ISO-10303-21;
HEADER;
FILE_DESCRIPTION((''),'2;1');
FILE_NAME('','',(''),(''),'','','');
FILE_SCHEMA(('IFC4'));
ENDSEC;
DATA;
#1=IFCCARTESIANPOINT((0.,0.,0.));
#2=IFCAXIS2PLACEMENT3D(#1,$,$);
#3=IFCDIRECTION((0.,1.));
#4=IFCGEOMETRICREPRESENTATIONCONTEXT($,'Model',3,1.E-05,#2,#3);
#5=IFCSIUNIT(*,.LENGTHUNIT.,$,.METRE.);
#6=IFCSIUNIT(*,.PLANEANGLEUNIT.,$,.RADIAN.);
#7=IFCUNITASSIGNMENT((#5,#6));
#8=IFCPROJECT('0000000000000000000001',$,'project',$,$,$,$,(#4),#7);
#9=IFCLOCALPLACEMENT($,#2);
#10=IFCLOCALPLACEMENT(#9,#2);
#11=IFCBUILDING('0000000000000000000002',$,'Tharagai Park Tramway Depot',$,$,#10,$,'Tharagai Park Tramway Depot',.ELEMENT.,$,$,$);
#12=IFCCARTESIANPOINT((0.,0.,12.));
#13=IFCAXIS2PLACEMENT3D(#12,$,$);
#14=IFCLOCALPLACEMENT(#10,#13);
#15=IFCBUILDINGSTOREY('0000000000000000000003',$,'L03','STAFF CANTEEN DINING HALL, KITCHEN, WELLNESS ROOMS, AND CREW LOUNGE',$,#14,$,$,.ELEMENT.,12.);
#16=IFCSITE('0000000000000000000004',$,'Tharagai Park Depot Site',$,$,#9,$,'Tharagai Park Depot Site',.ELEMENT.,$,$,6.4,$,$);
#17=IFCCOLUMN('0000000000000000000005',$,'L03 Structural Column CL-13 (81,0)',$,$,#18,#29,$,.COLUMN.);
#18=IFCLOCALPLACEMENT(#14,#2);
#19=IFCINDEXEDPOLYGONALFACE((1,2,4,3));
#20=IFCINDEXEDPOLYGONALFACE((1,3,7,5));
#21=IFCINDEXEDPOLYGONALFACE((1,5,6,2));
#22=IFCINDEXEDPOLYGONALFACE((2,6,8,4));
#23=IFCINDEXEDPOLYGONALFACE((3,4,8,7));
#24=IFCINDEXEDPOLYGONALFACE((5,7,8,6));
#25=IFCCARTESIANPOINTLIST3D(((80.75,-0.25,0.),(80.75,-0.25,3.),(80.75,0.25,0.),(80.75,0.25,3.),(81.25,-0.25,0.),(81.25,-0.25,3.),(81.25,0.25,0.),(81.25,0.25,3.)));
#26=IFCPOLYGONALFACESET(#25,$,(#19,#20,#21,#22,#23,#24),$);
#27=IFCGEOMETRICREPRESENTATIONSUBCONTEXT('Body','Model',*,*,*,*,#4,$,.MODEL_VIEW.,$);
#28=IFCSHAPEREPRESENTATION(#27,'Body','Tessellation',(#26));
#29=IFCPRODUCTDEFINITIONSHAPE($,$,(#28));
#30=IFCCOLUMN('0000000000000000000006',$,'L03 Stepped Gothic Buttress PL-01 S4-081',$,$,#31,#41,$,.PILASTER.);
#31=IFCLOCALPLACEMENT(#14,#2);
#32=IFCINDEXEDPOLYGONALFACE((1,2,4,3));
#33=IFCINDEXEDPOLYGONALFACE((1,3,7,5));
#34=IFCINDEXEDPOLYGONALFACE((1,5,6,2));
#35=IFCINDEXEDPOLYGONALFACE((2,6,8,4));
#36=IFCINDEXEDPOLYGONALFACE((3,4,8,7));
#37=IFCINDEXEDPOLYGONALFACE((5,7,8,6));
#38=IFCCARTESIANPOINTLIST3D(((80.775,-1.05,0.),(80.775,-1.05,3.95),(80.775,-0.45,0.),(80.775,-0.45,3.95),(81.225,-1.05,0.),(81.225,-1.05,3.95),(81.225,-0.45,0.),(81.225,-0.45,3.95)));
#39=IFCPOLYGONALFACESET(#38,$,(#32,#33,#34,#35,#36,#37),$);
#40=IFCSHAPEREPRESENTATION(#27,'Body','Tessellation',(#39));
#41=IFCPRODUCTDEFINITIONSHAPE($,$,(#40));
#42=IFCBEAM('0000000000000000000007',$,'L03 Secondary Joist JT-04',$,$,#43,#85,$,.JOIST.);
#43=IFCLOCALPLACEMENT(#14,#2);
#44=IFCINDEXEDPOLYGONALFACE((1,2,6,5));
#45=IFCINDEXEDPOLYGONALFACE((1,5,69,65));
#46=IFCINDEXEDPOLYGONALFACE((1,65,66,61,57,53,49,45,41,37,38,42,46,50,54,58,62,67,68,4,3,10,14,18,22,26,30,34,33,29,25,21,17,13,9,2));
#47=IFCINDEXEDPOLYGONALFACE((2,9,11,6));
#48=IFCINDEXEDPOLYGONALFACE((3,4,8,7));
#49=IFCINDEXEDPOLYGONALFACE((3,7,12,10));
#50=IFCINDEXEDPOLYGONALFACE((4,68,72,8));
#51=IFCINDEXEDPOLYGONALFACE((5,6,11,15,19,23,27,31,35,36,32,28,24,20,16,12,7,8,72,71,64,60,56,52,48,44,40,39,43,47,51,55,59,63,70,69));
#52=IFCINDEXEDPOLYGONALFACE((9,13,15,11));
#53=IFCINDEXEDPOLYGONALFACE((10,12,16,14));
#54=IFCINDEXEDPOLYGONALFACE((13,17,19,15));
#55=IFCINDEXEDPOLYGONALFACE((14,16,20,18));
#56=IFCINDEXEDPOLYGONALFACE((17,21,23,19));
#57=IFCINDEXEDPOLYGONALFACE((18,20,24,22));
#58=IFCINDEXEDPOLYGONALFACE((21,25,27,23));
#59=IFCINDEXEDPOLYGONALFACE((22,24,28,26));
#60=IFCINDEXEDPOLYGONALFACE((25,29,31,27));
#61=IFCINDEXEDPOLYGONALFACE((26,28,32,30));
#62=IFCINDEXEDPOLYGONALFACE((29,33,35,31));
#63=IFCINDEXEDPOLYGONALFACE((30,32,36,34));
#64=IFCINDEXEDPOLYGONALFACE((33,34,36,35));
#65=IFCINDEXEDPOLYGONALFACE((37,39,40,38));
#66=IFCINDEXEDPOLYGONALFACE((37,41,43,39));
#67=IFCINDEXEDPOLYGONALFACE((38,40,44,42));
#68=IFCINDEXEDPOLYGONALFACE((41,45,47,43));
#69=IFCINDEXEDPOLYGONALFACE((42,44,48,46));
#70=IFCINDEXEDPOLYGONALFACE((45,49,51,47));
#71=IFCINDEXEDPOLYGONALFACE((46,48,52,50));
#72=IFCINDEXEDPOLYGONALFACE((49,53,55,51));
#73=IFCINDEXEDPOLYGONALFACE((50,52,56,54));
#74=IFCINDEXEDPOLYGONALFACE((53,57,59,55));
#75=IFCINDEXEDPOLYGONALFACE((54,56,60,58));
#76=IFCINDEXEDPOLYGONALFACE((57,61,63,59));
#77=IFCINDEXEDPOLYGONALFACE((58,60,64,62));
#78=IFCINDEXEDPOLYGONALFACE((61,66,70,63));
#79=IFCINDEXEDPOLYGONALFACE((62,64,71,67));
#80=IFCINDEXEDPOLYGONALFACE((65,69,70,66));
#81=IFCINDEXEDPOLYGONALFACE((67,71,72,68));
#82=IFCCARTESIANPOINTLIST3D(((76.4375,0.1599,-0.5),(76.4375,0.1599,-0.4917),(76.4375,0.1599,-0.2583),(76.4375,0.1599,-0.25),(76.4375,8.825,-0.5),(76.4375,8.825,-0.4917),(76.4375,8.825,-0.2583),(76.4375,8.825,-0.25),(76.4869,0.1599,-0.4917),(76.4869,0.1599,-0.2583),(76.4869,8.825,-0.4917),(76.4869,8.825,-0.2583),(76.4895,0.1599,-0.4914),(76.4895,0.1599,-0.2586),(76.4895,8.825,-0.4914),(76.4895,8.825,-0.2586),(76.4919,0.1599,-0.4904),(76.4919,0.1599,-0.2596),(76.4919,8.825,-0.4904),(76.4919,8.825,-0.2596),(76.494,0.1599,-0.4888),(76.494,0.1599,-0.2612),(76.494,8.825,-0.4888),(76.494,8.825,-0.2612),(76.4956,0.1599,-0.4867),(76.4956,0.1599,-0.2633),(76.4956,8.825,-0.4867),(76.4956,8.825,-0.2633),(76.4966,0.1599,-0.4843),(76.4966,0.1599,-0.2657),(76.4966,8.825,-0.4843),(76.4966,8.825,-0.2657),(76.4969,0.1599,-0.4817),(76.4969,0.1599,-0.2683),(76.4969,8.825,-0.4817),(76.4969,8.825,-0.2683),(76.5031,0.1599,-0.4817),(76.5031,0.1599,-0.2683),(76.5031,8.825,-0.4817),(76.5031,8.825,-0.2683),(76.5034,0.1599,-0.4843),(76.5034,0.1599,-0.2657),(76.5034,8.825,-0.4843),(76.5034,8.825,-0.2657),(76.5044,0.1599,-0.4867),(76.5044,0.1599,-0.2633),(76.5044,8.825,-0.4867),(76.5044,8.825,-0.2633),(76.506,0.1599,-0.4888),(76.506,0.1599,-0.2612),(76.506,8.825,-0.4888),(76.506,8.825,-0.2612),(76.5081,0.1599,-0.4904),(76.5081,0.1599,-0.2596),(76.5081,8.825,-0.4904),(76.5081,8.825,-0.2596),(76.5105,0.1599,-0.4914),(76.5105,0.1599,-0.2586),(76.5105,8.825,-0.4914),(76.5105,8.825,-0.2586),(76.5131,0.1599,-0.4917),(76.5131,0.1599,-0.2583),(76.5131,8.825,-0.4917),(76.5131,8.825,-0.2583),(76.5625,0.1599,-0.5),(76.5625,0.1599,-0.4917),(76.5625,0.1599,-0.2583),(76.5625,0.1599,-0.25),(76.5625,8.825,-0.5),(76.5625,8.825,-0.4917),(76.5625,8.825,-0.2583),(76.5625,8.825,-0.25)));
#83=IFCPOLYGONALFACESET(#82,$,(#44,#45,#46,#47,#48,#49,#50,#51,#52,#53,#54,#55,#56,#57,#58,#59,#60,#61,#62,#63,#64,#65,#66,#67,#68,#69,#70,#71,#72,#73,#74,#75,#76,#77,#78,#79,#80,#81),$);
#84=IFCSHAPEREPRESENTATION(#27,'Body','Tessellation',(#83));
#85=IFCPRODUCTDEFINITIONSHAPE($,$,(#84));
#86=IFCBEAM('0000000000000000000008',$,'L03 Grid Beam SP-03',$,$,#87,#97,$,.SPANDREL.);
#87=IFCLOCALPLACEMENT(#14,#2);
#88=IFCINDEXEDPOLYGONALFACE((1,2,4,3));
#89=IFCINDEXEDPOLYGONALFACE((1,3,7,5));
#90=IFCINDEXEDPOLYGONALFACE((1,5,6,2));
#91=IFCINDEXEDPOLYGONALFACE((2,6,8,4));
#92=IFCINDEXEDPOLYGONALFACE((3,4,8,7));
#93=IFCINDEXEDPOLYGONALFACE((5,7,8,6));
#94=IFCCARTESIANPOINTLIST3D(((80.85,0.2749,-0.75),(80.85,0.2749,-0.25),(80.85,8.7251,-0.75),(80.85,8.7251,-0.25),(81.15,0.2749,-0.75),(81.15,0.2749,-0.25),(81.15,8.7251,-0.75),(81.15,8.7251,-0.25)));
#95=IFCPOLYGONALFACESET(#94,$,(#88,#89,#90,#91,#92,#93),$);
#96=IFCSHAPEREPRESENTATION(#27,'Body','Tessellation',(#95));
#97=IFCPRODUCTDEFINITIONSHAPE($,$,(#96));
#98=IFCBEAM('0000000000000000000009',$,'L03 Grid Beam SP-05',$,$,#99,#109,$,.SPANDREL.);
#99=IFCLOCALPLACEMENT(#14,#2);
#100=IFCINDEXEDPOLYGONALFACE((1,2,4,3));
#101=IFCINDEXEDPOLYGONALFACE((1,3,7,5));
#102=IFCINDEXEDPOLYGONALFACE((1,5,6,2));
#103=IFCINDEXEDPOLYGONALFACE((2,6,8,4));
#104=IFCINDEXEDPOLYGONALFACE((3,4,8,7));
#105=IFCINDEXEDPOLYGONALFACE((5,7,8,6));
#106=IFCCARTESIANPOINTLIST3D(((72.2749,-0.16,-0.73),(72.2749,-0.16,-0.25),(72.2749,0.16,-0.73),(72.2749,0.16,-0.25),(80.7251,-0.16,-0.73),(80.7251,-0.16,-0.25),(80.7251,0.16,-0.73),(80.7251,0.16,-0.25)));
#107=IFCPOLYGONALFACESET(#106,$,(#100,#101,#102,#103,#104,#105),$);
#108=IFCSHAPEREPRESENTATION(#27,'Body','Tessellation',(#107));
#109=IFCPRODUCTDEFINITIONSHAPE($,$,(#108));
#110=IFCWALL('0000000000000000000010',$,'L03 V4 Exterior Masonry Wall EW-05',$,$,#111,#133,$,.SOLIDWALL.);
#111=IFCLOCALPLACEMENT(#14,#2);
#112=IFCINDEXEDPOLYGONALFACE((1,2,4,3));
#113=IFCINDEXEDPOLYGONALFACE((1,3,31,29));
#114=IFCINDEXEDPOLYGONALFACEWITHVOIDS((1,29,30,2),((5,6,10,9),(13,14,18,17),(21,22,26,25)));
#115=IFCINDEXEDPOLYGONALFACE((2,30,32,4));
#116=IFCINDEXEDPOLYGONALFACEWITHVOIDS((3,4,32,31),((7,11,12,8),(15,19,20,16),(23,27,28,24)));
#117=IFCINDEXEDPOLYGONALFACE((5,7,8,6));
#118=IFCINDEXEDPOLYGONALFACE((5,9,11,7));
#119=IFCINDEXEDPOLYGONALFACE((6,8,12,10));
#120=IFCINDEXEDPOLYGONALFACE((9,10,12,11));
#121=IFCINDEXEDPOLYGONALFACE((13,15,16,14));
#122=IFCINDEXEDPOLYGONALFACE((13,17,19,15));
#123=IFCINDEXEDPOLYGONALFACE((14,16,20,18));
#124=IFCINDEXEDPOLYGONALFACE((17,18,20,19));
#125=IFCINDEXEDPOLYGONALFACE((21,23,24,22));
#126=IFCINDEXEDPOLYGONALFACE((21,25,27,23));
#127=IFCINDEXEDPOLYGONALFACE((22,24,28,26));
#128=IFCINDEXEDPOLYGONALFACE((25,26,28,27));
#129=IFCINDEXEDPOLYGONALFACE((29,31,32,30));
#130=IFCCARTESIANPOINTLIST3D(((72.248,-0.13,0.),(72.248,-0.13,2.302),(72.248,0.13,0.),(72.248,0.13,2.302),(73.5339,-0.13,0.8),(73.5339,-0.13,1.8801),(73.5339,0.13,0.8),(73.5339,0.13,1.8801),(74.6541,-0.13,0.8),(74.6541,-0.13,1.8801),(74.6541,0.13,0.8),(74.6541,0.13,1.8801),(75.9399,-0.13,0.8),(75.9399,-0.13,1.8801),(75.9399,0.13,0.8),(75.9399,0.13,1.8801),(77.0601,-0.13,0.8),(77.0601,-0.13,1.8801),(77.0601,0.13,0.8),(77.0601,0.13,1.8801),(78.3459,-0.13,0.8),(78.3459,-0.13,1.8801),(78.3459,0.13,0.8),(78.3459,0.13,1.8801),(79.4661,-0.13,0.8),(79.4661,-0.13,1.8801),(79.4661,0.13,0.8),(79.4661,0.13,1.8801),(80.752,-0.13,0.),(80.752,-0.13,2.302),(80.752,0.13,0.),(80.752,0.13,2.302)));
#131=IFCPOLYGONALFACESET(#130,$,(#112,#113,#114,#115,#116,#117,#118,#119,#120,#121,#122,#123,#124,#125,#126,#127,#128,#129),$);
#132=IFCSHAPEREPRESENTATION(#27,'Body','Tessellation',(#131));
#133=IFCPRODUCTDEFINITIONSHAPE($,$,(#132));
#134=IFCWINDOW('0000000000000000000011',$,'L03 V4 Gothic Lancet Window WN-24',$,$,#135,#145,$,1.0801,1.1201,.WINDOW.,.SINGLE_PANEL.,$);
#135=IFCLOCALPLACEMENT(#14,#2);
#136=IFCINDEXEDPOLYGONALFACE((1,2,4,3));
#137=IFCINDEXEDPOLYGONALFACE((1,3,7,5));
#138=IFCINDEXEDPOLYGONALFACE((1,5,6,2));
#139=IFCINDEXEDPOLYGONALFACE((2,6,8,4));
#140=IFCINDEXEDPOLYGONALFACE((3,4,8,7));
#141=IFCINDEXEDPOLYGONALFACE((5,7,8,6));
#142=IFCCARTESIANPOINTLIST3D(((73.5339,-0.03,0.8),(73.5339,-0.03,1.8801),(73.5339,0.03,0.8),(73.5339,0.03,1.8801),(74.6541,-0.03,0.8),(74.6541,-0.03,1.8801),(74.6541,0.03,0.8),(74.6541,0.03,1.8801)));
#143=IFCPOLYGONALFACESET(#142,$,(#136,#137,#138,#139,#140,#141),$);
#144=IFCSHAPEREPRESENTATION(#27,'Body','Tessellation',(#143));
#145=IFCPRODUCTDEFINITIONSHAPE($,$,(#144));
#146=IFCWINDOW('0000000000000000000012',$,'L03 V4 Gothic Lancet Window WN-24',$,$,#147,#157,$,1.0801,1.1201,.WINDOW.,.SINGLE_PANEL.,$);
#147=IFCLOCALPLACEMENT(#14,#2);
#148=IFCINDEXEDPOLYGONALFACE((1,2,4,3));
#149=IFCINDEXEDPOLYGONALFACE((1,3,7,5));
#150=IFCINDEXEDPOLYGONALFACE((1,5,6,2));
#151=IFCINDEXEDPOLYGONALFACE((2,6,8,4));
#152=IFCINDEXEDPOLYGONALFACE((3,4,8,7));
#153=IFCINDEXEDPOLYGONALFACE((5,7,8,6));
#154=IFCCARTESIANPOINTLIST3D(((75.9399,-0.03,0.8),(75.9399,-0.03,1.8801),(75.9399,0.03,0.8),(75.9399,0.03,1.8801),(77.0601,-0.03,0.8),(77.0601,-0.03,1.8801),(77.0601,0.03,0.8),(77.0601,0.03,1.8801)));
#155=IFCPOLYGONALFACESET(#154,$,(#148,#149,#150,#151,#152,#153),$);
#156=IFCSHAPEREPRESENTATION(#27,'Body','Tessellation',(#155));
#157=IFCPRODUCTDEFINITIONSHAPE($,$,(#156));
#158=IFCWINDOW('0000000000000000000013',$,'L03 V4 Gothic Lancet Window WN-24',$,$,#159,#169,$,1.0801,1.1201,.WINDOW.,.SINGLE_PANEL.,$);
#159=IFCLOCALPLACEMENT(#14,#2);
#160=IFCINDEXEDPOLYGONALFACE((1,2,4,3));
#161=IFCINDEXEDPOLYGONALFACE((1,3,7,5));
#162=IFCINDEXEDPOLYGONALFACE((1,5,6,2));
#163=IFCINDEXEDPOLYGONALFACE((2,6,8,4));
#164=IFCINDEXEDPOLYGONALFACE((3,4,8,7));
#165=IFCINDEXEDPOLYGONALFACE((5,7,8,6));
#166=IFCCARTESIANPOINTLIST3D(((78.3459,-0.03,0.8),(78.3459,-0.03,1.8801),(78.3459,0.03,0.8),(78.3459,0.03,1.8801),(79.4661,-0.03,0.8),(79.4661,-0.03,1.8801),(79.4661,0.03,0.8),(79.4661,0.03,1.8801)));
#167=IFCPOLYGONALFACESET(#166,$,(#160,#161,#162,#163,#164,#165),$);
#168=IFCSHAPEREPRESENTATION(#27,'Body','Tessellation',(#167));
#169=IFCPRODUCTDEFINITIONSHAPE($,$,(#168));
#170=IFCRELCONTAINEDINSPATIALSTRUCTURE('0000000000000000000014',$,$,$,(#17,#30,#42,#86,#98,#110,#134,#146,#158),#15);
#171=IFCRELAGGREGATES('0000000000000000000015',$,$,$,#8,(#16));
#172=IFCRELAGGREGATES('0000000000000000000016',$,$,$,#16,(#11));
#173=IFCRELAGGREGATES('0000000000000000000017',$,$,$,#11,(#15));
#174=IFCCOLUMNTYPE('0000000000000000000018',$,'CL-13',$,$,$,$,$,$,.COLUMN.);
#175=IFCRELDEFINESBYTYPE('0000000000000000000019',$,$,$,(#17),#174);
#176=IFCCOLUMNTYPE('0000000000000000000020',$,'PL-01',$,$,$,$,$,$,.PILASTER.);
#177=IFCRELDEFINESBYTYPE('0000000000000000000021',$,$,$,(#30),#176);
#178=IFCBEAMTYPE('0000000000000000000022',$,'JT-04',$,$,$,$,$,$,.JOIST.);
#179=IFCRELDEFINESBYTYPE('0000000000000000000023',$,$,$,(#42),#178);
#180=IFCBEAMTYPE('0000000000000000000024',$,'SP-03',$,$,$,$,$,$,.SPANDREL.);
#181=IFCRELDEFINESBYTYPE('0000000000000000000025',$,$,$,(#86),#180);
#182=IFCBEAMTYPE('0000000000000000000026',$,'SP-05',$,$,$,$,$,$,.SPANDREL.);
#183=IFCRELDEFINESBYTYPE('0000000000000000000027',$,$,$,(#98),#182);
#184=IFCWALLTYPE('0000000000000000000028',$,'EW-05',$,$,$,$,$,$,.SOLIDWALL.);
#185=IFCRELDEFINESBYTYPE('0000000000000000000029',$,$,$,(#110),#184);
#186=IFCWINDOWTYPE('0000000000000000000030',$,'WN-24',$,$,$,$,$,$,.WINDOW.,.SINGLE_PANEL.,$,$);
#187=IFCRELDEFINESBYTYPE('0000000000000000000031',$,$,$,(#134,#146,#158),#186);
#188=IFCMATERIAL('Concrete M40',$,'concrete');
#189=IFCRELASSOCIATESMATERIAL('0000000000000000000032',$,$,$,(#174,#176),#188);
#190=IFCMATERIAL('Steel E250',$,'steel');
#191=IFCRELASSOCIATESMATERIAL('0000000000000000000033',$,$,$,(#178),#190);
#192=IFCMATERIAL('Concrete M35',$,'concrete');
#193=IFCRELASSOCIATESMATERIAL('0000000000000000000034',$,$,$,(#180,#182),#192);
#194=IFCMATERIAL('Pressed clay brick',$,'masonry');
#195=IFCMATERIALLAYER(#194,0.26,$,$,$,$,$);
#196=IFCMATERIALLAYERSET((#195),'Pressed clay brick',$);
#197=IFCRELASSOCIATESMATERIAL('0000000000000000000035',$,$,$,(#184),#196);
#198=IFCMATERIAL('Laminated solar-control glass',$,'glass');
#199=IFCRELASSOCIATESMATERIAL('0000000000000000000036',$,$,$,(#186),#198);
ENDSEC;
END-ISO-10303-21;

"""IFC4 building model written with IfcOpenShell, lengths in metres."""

from ifc_helpers import new_model, si_unit, direction, frame, frame_2d, origin, origin_2d, place, context, subcontext, project, spatial, rectangle, i_section, extrude, material, layer, layer_set, material_profile, profile_set, type_object, element, fill, save


model = new_model("IFC4")

# Units and contexts
model_context = context("Model", 3, precision=1e-05, world=origin(), true_north=direction((0.0, 1.0)))
body_context = subcontext(model_context, "Body", "Model", "MODEL_VIEW")
ifc_project = project(units=[si_unit("LENGTHUNIT", "METRE"), si_unit("PLANEANGLEUNIT", "RADIAN")], contexts=[model_context])

# Site, building, storey
site_placement = place(None, origin())
site = spatial("IfcSite", under=ifc_project, at=site_placement, Name="Tharagai Park Depot Site", LongName="Tharagai Park Depot Site", CompositionType="ELEMENT", RefElevation=6.4)
building_placement = place(site_placement, origin())
building = spatial("IfcBuilding", under=site, at=building_placement, Name="Tharagai Park Tramway Depot", LongName="Tharagai Park Tramway Depot", CompositionType="ELEMENT")
storey_placement = place(building_placement, frame((0.0, 0.0, 12.0)))
storey = spatial("IfcBuildingStorey", under=building, at=storey_placement, Name="L03", Description="STAFF CANTEEN DINING HALL, KITCHEN, WELLNESS ROOMS, AND CREW LOUNGE", CompositionType="ELEMENT", Elevation=12.0)

# Columns
ifc_material_1 = material(Name="Concrete M40", Category="concrete")
ifc_material_profile_1 = material_profile(ifc_material_1, rectangle(XDim=0.5, YDim=0.5, at=origin_2d()), Name="RC 500x500")
ifc_profile_set_1 = profile_set([ifc_material_profile_1], Name="Concrete M40")
column_type_1 = type_object("IfcColumnType", Name="CL-13", PredefinedType="COLUMN", material=ifc_profile_set_1)
column_1_placement = place(storey_placement, frame((81.0, 0.0, 0.0), z_axis=(0.0, 0.0, 1.0), x_axis=(1.0, 0.0, 0.0)))
element("IfcColumn", 1, at=column_1_placement, inside=storey, type_object=column_type_1, Name="L03 Structural Column CL-13 (81,0)", PredefinedType="COLUMN", context=body_context, shape_type="SweptSolid", body=[
    extrude(rectangle(XDim=0.5, YDim=0.5, at=origin_2d()), origin(), (0.0, 0.0, 1.0), 3.0),
])
ifc_material_profile_2 = material_profile(ifc_material_1, rectangle(XDim=0.45, YDim=0.6001, at=origin_2d()), Name="RC 450x600")
ifc_profile_set_2 = profile_set([ifc_material_profile_2], Name="Concrete M40")
column_type_2 = type_object("IfcColumnType", Name="PL-01", PredefinedType="PILASTER", material=ifc_profile_set_2)
column_2_placement = place(storey_placement, frame((81.0, -0.75, 0.0), z_axis=(0.0, 0.0, 1.0), x_axis=(1.0, 0.0, 0.0)))
element("IfcColumn", 2, at=column_2_placement, inside=storey, type_object=column_type_2, Name="L03 Stepped Gothic Buttress PL-01 S4-081", PredefinedType="PILASTER", context=body_context, shape_type="SweptSolid", body=[
    extrude(rectangle(XDim=0.45, YDim=0.6001, at=origin_2d()), origin(), (0.0, 0.0, 1.0), 3.95),
])

# Beams
ifc_material_2 = material(Name="Steel E250", Category="steel")
ifc_material_profile_3 = material_profile(ifc_material_2, i_section(OverallWidth=0.125, OverallDepth=0.25, WebThickness=0.0061, FlangeThickness=0.0083, FilletRadius=0.01, at=origin_2d()), Name="ISLB 250")
ifc_profile_set_3 = profile_set([ifc_material_profile_3], Name="Steel E250")
beam_type_1 = type_object("IfcBeamType", Name="JT-04", PredefinedType="JOIST", material=ifc_profile_set_3)
beam_1_placement = place(storey_placement, frame((76.5, 0.1599, -0.375), z_axis=(0.0, 1.0, 0.0), x_axis=(-1.0, 0.0, 0.0)))
element("IfcBeam", 3, at=beam_1_placement, inside=storey, type_object=beam_type_1, Name="L03 Secondary Joist JT-04", PredefinedType="JOIST", context=body_context, shape_type="SweptSolid", body=[
    extrude(i_section(OverallWidth=0.125, OverallDepth=0.25, WebThickness=0.0061, FlangeThickness=0.0083, FilletRadius=0.01, at=origin_2d()), origin(), (0.0, 0.0, 1.0), 8.665),
])
ifc_material_3 = material(Name="Concrete M35", Category="concrete")
ifc_material_profile_4 = material_profile(ifc_material_3, rectangle(XDim=0.3, YDim=0.5, at=origin_2d()), Name="RC 300x500")
ifc_profile_set_4 = profile_set([ifc_material_profile_4], Name="Concrete M35")
beam_type_2 = type_object("IfcBeamType", Name="SP-03", PredefinedType="SPANDREL", material=ifc_profile_set_4)
beam_2_placement = place(storey_placement, frame((81.0, 0.2749, -0.5), z_axis=(0.0, 1.0, 0.0), x_axis=(-1.0, 0.0, 0.0)))
element("IfcBeam", 4, at=beam_2_placement, inside=storey, type_object=beam_type_2, Name="L03 Grid Beam SP-03", PredefinedType="SPANDREL", context=body_context, shape_type="SweptSolid", body=[
    extrude(rectangle(XDim=0.3, YDim=0.5, at=origin_2d()), origin(), (0.0, 0.0, 1.0), 8.4502),
])
ifc_material_profile_5 = material_profile(ifc_material_3, rectangle(XDim=0.3201, YDim=0.48, at=origin_2d()), Name="RC 320x480")
ifc_profile_set_5 = profile_set([ifc_material_profile_5], Name="Concrete M35")
beam_type_3 = type_object("IfcBeamType", Name="SP-05", PredefinedType="SPANDREL", material=ifc_profile_set_5)
beam_3_placement = place(storey_placement, frame((72.2749, 0.0, -0.49), z_axis=(1.0, 0.0, 0.0), x_axis=(0.0, 1.0, 0.0)))
element("IfcBeam", 5, at=beam_3_placement, inside=storey, type_object=beam_type_3, Name="L03 Grid Beam SP-05", PredefinedType="SPANDREL", context=body_context, shape_type="SweptSolid", body=[
    extrude(rectangle(XDim=0.3201, YDim=0.48, at=origin_2d()), origin(), (0.0, 0.0, 1.0), 8.4502),
])

# Wall, openings, windows
ifc_material_4 = material(Name="Pressed clay brick", Category="masonry")
ifc_layer_1 = layer(ifc_material_4, 0.26)
ifc_layer_set_1 = layer_set([ifc_layer_1], Name="Pressed clay brick")
wall_type_1 = type_object("IfcWallType", Name="EW-05", PredefinedType="SOLIDWALL", material=ifc_layer_set_1)
wall_1_placement = place(storey_placement, frame((72.248, 0.0, 0.0), z_axis=(0.0, 0.0, 1.0), x_axis=(1.0, 0.0, 0.0)))
wall_1 = element("IfcWall", 6, at=wall_1_placement, inside=storey, type_object=wall_type_1, Name="L03 V4 Exterior Masonry Wall EW-05", PredefinedType="SOLIDWALL", context=body_context, shape_type="SweptSolid", body=[
    extrude(rectangle(XDim=8.5039, YDim=0.26, at=frame_2d((4.252, 0.0))), origin(), (0.0, 0.0, 1.0), 2.302),
])
opening_1_placement = place(wall_1_placement, frame((1.2859, 0.0, 0.8)))
opening_1 = element("IfcOpeningElement", 7, at=opening_1_placement, cuts=wall_1, PredefinedType="OPENING", context=body_context, shape_type="SweptSolid", body=[
    extrude(rectangle(XDim=1.1201, YDim=1.0801, at=frame_2d((0.5601, 0.54))), frame((0.0, 0.1399, 0.0), z_axis=(0.0, -1.0, 0.0), x_axis=(1.0, 0.0, 0.0)), (0.0, 0.0, 1.0), 0.28),
])
opening_2_placement = place(wall_1_placement, frame((3.6919, 0.0, 0.8)))
opening_2 = element("IfcOpeningElement", 8, at=opening_2_placement, cuts=wall_1, PredefinedType="OPENING", context=body_context, shape_type="SweptSolid", body=[
    extrude(rectangle(XDim=1.1201, YDim=1.0801, at=frame_2d((0.5601, 0.54))), frame((0.0, 0.1399, 0.0), z_axis=(0.0, -1.0, 0.0), x_axis=(1.0, 0.0, 0.0)), (0.0, 0.0, 1.0), 0.28),
])
opening_3_placement = place(wall_1_placement, frame((6.0979, 0.0, 0.8)))
opening_3 = element("IfcOpeningElement", 9, at=opening_3_placement, cuts=wall_1, PredefinedType="OPENING", context=body_context, shape_type="SweptSolid", body=[
    extrude(rectangle(XDim=1.1201, YDim=1.0801, at=frame_2d((0.5601, 0.54))), frame((0.0, 0.1399, 0.0), z_axis=(0.0, -1.0, 0.0), x_axis=(1.0, 0.0, 0.0)), (0.0, 0.0, 1.0), 0.28),
])
ifc_material_5 = material(Name="Laminated solar-control glass", Category="glass")
window_type_1 = type_object("IfcWindowType", Name="WN-24", PartitioningType="SINGLE_PANEL", PredefinedType="WINDOW", material=ifc_material_5)
window_1_placement = place(opening_1_placement, origin())
window_1 = element("IfcWindow", 10, at=window_1_placement, inside=storey, type_object=window_type_1, Name="L03 V4 Gothic Lancet Window WN-24", OverallHeight=1.0801, OverallWidth=1.1201, PartitioningType="SINGLE_PANEL", PredefinedType="WINDOW", context=body_context, shape_type="SweptSolid", body=[
    extrude(rectangle(XDim=1.1201, YDim=1.0801, at=frame_2d((0.5601, 0.54))), frame((0.0, 0.03, 0.0), z_axis=(0.0, -1.0, 0.0), x_axis=(1.0, 0.0, 0.0)), (0.0, 0.0, 1.0), 0.0601),
])
fill(opening_1, window_1)
window_2_placement = place(opening_2_placement, origin())
window_2 = element("IfcWindow", 11, at=window_2_placement, inside=storey, type_object=window_type_1, Name="L03 V4 Gothic Lancet Window WN-24", OverallHeight=1.0801, OverallWidth=1.1201, PartitioningType="SINGLE_PANEL", PredefinedType="WINDOW", context=body_context, shape_type="SweptSolid", body=[
    extrude(rectangle(XDim=1.1201, YDim=1.0801, at=frame_2d((0.5601, 0.54))), frame((0.0, 0.03, 0.0), z_axis=(0.0, -1.0, 0.0), x_axis=(1.0, 0.0, 0.0)), (0.0, 0.0, 1.0), 0.0601),
])
fill(opening_2, window_2)
window_3_placement = place(opening_3_placement, origin())
window_3 = element("IfcWindow", 12, at=window_3_placement, inside=storey, type_object=window_type_1, Name="L03 V4 Gothic Lancet Window WN-24", OverallHeight=1.0801, OverallWidth=1.1201, PartitioningType="SINGLE_PANEL", PredefinedType="WINDOW", context=body_context, shape_type="SweptSolid", body=[
    extrude(rectangle(XDim=1.1201, YDim=1.0801, at=frame_2d((0.5601, 0.54))), frame((0.0, 0.03, 0.0), z_axis=(0.0, -1.0, 0.0), x_axis=(1.0, 0.0, 0.0)), (0.0, 0.0, 1.0), 0.0601),
])
fill(opening_3, window_3)

save(model, "model.ifc")
